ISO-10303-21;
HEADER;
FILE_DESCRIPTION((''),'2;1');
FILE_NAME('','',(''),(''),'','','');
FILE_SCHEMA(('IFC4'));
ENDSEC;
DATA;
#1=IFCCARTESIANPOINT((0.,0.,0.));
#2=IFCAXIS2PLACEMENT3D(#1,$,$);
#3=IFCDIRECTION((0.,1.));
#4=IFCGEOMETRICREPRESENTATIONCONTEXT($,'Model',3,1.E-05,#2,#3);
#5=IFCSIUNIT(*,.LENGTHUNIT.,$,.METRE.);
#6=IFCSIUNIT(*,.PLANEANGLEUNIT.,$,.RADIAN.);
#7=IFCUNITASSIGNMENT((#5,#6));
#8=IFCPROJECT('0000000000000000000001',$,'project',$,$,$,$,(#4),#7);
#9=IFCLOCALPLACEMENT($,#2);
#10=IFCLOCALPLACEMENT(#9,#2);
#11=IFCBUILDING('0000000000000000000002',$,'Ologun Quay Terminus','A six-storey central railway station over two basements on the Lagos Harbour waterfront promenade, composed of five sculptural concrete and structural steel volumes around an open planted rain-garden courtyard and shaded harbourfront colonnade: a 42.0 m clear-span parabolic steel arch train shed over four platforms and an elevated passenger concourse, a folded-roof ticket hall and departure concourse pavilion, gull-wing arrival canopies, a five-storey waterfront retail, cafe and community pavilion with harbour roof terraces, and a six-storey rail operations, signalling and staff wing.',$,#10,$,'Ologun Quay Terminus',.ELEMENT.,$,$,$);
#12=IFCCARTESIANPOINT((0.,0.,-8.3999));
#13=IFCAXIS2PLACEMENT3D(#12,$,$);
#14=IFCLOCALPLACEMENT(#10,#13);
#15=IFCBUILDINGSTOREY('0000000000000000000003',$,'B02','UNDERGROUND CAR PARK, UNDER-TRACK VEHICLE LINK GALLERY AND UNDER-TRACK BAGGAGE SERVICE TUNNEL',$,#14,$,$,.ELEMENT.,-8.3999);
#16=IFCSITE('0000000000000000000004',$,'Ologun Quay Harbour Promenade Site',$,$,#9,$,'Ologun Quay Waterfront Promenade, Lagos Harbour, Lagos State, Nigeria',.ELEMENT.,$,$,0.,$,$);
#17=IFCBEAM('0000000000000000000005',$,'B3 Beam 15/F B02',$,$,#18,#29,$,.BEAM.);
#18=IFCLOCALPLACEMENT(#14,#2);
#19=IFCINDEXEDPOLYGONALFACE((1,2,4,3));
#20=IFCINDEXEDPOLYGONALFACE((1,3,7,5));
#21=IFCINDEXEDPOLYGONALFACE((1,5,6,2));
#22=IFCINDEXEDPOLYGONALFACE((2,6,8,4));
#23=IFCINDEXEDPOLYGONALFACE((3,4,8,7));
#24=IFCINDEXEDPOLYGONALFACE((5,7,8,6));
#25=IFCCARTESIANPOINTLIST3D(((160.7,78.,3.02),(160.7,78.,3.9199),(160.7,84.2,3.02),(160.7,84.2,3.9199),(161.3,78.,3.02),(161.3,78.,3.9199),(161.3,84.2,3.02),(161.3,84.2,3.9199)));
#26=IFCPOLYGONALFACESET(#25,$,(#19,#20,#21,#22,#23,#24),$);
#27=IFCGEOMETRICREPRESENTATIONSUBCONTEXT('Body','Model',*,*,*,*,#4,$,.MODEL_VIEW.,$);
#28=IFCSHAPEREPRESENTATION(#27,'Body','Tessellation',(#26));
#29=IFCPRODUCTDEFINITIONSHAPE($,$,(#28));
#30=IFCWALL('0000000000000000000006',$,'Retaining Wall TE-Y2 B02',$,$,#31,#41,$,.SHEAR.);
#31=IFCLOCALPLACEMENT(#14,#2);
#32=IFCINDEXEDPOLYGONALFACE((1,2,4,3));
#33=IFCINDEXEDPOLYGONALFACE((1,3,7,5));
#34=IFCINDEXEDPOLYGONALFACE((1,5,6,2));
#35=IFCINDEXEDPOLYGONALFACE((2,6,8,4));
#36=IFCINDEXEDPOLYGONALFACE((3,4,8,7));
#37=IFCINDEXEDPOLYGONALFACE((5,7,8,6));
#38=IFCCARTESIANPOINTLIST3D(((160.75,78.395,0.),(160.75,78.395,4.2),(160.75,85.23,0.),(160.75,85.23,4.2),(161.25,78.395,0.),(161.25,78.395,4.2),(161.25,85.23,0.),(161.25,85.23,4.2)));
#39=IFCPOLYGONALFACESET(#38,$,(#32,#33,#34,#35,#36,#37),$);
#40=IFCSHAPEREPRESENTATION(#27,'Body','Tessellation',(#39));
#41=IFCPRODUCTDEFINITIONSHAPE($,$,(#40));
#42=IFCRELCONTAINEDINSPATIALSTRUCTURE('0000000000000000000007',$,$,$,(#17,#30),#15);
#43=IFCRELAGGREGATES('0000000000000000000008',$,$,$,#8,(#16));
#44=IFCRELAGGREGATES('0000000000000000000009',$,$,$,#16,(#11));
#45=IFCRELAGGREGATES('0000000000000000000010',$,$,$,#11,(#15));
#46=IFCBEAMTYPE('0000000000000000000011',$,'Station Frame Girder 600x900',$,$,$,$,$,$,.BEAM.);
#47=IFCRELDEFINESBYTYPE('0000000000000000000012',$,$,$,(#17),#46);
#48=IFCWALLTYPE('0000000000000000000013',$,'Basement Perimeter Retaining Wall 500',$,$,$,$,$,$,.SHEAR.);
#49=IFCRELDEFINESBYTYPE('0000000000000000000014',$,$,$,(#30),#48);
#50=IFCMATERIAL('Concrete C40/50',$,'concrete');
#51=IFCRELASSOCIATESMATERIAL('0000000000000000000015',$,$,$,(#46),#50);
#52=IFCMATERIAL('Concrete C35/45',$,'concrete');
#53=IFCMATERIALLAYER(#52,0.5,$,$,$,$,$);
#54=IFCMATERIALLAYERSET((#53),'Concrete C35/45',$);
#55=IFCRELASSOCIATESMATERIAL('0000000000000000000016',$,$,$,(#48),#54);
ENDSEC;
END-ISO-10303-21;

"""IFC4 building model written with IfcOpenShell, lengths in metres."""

from ifc_helpers import new_model, si_unit, direction, frame, frame_2d, origin, origin_2d, place, context, subcontext, project, spatial, rectangle, extrude, material, layer, layer_set, material_profile, profile_set, type_object, element, save


model = new_model("IFC4")

# Units and contexts
model_context = context("Model", 3, precision=1e-05, world=origin(), true_north=direction((0.0, 1.0)))
body_context = subcontext(model_context, "Body", "Model", "MODEL_VIEW")
ifc_project = project(units=[si_unit("LENGTHUNIT", "METRE"), si_unit("PLANEANGLEUNIT", "RADIAN")], contexts=[model_context])

# Site, building, storey
site_placement = place(None, origin())
site = spatial("IfcSite", under=ifc_project, at=site_placement, Name="Ologun Quay Harbour Promenade Site", LongName="Ologun Quay Waterfront Promenade, Lagos Harbour, Lagos State, Nigeria", CompositionType="ELEMENT", RefElevation=0.0)
building_placement = place(site_placement, origin())
building = spatial("IfcBuilding", under=site, at=building_placement, Name="Ologun Quay Terminus", Description="A six-storey central railway station over two basements on the Lagos Harbour waterfront promenade, composed of five sculptural concrete and structural steel volumes around an open planted rain-garden courtyard and shaded harbourfront colonnade: a 42.0 m clear-span parabolic steel arch train shed over four platforms and an elevated passenger concourse, a folded-roof ticket hall and departure concourse pavilion, gull-wing arrival canopies, a five-storey waterfront retail, cafe and community pavilion with harbour roof terraces, and a six-storey rail operations, signalling and staff wing.", LongName="Ologun Quay Terminus", CompositionType="ELEMENT")
storey_placement = place(building_placement, frame((0.0, 0.0, -8.3999)))
storey = spatial("IfcBuildingStorey", under=building, at=storey_placement, Name="B02", Description="UNDERGROUND CAR PARK, UNDER-TRACK VEHICLE LINK GALLERY AND UNDER-TRACK BAGGAGE SERVICE TUNNEL", CompositionType="ELEMENT", Elevation=-8.3999)

# Beam
ifc_material_1 = material(Name="Concrete C40/50", Category="concrete")
ifc_material_profile_1 = material_profile(ifc_material_1, rectangle(XDim=0.6001, YDim=0.8999, at=origin_2d()), Name="RC 600x900")
ifc_profile_set_1 = profile_set([ifc_material_profile_1], Name="Concrete C40/50")
beam_type_1 = type_object("IfcBeamType", Name="Station Frame Girder 600x900", PredefinedType="BEAM", material=ifc_profile_set_1)
beam_1_placement = place(storey_placement, frame((161.0, 78.0, 3.47), z_axis=(0.0, 1.0, 0.0), x_axis=(-1.0, 0.0, 0.0)))
element("IfcBeam", 1, at=beam_1_placement, inside=storey, type_object=beam_type_1, Name="B3 Beam 15/F B02", PredefinedType="BEAM", context=body_context, shape_type="SweptSolid", body=[
    extrude(rectangle(XDim=0.6001, YDim=0.8999, at=origin_2d()), origin(), (0.0, 0.0, 1.0), 6.2),
])

# Wall
ifc_material_2 = material(Name="Concrete C35/45", Category="concrete")
ifc_layer = layer(ifc_material_2, 0.5)
ifc_layer_set = layer_set([ifc_layer], Name="Concrete C35/45")
wall_type = type_object("IfcWallType", Name="Basement Perimeter Retaining Wall 500", PredefinedType="SHEAR", material=ifc_layer_set)
wall_placement = place(storey_placement, frame((161.0, 78.395, 0.0), z_axis=(0.0, 0.0, 1.0), x_axis=(0.0, 1.0, 0.0)))
element("IfcWall", 2, at=wall_placement, inside=storey, type_object=wall_type, Name="Retaining Wall TE-Y2 B02", PredefinedType="SHEAR", context=body_context, shape_type="SweptSolid", body=[
    extrude(rectangle(XDim=6.835, YDim=0.5, at=frame_2d((3.4175, 0.0))), origin(), (0.0, 0.0, 1.0), 4.2),
])

save(model, "model.ifc")
